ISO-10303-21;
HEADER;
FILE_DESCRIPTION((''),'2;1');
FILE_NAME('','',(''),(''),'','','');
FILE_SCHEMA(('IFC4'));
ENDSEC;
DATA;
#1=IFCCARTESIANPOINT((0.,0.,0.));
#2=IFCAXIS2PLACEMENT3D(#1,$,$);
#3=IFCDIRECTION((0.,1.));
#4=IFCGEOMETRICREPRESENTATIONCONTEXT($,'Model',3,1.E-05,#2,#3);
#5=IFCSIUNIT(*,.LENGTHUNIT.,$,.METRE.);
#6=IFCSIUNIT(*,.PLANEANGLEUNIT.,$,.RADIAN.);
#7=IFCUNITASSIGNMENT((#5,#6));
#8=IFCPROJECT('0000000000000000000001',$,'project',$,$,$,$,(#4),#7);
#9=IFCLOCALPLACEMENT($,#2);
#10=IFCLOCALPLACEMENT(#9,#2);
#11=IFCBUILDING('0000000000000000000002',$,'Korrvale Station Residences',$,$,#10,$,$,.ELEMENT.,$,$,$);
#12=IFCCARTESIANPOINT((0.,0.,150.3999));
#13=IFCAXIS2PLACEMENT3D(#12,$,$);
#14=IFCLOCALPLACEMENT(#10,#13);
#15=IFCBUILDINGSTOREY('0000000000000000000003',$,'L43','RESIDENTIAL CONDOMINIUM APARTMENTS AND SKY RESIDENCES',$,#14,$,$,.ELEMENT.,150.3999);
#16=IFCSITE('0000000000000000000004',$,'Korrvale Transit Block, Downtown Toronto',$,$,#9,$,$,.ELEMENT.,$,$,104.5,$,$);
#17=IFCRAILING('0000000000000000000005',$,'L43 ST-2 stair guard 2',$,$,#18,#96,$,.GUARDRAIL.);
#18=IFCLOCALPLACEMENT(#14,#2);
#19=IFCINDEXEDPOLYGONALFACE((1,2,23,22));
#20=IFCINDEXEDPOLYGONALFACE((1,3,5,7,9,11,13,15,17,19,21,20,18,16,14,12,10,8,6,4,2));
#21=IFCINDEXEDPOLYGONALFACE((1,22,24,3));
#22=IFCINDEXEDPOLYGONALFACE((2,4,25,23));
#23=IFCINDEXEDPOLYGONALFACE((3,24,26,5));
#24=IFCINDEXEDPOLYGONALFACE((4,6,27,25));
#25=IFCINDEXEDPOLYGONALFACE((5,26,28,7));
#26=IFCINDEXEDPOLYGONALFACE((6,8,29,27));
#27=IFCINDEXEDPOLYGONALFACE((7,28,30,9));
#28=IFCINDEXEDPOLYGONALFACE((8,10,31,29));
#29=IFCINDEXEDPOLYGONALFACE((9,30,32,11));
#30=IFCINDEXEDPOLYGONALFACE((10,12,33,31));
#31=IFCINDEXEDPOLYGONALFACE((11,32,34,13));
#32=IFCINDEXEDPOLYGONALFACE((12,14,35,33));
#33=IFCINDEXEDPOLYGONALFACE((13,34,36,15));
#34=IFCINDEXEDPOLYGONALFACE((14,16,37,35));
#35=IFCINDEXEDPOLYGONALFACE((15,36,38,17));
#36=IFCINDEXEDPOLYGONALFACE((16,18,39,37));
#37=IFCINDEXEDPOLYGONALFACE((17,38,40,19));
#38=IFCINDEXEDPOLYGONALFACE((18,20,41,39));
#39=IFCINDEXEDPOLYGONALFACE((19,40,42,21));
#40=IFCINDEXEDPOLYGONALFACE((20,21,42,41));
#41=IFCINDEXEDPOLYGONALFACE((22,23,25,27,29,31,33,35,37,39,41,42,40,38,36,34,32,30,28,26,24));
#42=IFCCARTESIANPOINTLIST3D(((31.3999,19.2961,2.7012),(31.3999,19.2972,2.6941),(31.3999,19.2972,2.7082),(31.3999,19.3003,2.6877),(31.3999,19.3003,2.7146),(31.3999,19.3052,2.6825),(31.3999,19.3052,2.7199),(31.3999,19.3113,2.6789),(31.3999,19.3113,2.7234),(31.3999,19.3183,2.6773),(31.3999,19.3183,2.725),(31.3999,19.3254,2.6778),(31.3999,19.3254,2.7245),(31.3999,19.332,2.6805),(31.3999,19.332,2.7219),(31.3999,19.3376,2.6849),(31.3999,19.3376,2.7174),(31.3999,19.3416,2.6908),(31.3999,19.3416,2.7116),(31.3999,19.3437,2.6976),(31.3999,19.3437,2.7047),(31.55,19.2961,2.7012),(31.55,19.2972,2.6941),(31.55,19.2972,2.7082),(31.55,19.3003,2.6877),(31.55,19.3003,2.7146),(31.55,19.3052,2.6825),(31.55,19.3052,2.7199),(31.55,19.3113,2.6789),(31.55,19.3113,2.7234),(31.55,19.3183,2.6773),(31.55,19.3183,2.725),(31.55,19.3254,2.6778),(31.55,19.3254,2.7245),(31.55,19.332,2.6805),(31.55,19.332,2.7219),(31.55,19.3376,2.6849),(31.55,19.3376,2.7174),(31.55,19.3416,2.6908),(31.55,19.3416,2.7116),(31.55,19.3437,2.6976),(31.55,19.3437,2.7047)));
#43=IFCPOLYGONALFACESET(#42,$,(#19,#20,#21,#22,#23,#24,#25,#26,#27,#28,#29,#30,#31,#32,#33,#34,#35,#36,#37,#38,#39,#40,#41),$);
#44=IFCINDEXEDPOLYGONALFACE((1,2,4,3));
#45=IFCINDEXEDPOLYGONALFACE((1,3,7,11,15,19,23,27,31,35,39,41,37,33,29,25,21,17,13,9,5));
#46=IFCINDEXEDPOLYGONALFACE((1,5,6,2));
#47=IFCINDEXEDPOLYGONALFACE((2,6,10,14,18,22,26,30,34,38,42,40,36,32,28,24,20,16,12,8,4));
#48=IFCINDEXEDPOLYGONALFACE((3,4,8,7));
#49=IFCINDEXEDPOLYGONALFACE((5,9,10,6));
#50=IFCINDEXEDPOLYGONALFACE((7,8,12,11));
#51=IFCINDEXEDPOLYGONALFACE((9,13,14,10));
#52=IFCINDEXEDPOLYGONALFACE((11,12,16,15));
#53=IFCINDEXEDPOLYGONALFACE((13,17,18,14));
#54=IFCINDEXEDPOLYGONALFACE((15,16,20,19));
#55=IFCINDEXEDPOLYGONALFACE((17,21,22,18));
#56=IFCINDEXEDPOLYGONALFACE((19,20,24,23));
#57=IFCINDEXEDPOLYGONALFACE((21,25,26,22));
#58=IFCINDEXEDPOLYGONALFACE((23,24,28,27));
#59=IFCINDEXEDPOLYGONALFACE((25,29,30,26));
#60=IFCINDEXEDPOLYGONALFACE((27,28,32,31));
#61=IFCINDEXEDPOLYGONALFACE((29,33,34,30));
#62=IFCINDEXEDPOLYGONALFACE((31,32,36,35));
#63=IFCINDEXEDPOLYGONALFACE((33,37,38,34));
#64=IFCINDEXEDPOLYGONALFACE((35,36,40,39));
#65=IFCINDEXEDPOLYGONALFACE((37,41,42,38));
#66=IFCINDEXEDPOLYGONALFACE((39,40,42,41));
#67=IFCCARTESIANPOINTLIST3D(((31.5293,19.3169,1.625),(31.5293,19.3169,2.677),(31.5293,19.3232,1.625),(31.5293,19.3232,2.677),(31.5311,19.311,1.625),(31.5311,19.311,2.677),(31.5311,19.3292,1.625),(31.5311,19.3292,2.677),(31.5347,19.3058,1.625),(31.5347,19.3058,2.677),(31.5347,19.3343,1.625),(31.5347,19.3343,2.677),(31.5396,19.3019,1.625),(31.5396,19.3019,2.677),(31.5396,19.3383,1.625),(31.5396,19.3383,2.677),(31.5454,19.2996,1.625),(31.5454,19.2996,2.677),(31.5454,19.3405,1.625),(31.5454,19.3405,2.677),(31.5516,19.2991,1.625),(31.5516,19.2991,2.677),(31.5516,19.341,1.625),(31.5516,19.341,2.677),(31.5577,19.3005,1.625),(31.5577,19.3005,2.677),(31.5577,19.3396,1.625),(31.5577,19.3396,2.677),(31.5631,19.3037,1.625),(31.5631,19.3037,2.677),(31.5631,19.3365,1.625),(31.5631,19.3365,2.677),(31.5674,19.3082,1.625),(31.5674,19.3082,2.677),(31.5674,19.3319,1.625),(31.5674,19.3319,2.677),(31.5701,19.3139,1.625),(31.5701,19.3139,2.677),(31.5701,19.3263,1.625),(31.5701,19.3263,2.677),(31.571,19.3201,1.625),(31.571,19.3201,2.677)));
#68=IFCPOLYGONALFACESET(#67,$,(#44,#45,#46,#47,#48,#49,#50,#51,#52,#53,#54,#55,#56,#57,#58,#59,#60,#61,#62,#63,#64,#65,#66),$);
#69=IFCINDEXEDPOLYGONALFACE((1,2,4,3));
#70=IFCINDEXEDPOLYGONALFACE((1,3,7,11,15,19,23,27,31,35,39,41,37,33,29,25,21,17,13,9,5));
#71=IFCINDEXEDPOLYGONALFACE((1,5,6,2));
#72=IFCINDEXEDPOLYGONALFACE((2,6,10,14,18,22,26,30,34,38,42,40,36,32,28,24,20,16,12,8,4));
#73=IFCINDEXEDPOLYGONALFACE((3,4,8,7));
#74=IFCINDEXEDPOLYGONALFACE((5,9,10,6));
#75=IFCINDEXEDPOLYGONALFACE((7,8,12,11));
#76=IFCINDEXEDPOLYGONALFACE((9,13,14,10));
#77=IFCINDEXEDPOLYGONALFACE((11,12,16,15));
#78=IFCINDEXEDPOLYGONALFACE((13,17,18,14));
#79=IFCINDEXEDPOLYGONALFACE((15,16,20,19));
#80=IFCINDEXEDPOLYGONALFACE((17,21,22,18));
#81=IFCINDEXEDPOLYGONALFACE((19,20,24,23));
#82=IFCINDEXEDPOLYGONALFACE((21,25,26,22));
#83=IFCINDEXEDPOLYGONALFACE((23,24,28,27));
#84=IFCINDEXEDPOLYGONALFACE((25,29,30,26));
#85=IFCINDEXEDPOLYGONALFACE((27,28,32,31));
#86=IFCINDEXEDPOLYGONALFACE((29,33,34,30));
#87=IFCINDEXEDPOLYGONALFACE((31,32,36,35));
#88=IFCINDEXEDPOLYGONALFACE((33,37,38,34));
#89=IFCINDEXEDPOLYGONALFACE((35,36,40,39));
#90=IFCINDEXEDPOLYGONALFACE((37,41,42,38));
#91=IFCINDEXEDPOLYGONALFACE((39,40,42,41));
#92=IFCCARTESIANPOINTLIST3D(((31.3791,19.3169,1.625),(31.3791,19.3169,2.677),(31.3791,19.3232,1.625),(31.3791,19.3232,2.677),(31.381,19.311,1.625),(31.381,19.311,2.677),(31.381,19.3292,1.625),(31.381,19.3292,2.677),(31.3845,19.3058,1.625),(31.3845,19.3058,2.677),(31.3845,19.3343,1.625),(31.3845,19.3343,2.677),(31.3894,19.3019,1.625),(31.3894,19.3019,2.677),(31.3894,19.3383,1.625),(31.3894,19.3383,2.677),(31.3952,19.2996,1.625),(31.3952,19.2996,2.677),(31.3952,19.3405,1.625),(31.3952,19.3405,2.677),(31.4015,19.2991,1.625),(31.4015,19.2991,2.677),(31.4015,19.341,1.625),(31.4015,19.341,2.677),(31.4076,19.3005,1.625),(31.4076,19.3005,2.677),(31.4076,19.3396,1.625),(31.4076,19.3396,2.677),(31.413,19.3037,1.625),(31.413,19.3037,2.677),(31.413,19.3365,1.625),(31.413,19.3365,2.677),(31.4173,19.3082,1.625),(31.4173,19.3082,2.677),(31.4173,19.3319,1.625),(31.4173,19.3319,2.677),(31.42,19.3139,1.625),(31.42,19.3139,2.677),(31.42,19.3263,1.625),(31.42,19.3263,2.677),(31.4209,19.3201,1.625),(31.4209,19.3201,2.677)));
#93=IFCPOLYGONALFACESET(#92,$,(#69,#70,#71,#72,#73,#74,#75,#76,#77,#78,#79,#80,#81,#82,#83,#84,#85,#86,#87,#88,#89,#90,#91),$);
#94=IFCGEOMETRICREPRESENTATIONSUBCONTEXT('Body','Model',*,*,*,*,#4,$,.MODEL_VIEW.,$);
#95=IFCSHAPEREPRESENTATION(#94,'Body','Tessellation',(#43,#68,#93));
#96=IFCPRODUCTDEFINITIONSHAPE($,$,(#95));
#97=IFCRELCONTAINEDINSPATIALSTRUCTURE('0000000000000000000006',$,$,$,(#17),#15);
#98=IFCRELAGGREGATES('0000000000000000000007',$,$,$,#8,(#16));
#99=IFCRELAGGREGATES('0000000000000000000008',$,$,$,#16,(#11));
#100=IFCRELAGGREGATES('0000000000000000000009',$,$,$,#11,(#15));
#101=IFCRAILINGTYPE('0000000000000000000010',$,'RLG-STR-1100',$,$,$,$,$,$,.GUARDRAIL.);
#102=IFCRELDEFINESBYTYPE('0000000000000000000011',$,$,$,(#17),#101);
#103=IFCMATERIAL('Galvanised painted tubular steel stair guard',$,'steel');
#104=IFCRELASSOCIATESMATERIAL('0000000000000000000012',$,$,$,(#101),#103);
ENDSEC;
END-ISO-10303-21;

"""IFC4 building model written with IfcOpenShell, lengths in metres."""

from ifc_helpers import new_model, si_unit, direction, frame, origin, origin_2d, place, context, subcontext, project, spatial, circle, extrude, material, type_object, element, save


model = new_model("IFC4")

# Units and contexts
model_context = context("Model", 3, precision=1e-05, world=origin(), true_north=direction((0.0, 1.0)))
body_context = subcontext(model_context, "Body", "Model", "MODEL_VIEW")
ifc_project = project(units=[si_unit("LENGTHUNIT", "METRE"), si_unit("PLANEANGLEUNIT", "RADIAN")], contexts=[model_context])

# Site, building, storey
site_placement = place(None, origin())
site = spatial("IfcSite", under=ifc_project, at=site_placement, Name="Korrvale Transit Block, Downtown Toronto", CompositionType="ELEMENT", RefElevation=104.5)
building_placement = place(site_placement, origin())
building = spatial("IfcBuilding", under=site, at=building_placement, Name="Korrvale Station Residences", CompositionType="ELEMENT")
storey_placement = place(building_placement, frame((0.0, 0.0, 150.3999)))
storey = spatial("IfcBuildingStorey", under=building, at=storey_placement, Name="L43", Description="RESIDENTIAL CONDOMINIUM APARTMENTS AND SKY RESIDENCES", CompositionType="ELEMENT", Elevation=150.3999)

# Railing
ifc_material_1 = material(Name="Galvanised painted tubular steel stair guard", Category="steel")
railing_type_1 = type_object("IfcRailingType", Name="RLG-STR-1100", PredefinedType="GUARDRAIL", material=ifc_material_1)
railing_1_placement = place(storey_placement, frame((31.55, 19.3201, 1.625)))
element("IfcRailing", 1, at=railing_1_placement, inside=storey, type_object=railing_type_1, Name="L43 ST-2 stair guard 2", PredefinedType="GUARDRAIL", context=body_context, shape_type="SweptSolid", body=[
    extrude(circle(Radius=0.0239, at=origin_2d()), frame((0.0, 0.0, 1.0762), z_axis=(-1.0, 0.0, 0.0), x_axis=(0.0, -1.0, 0.0)), (0.0, 0.0, 1.0), 0.1501),
    extrude(circle(Radius=0.021, at=origin_2d()), origin(), (0.0, 0.0, 1.0), 1.052),
    extrude(circle(Radius=0.021, at=origin_2d()), frame((-0.1501, 0.0, 0.0)), (0.0, 0.0, 1.0), 1.052),
])

save(model, "model.ifc")
